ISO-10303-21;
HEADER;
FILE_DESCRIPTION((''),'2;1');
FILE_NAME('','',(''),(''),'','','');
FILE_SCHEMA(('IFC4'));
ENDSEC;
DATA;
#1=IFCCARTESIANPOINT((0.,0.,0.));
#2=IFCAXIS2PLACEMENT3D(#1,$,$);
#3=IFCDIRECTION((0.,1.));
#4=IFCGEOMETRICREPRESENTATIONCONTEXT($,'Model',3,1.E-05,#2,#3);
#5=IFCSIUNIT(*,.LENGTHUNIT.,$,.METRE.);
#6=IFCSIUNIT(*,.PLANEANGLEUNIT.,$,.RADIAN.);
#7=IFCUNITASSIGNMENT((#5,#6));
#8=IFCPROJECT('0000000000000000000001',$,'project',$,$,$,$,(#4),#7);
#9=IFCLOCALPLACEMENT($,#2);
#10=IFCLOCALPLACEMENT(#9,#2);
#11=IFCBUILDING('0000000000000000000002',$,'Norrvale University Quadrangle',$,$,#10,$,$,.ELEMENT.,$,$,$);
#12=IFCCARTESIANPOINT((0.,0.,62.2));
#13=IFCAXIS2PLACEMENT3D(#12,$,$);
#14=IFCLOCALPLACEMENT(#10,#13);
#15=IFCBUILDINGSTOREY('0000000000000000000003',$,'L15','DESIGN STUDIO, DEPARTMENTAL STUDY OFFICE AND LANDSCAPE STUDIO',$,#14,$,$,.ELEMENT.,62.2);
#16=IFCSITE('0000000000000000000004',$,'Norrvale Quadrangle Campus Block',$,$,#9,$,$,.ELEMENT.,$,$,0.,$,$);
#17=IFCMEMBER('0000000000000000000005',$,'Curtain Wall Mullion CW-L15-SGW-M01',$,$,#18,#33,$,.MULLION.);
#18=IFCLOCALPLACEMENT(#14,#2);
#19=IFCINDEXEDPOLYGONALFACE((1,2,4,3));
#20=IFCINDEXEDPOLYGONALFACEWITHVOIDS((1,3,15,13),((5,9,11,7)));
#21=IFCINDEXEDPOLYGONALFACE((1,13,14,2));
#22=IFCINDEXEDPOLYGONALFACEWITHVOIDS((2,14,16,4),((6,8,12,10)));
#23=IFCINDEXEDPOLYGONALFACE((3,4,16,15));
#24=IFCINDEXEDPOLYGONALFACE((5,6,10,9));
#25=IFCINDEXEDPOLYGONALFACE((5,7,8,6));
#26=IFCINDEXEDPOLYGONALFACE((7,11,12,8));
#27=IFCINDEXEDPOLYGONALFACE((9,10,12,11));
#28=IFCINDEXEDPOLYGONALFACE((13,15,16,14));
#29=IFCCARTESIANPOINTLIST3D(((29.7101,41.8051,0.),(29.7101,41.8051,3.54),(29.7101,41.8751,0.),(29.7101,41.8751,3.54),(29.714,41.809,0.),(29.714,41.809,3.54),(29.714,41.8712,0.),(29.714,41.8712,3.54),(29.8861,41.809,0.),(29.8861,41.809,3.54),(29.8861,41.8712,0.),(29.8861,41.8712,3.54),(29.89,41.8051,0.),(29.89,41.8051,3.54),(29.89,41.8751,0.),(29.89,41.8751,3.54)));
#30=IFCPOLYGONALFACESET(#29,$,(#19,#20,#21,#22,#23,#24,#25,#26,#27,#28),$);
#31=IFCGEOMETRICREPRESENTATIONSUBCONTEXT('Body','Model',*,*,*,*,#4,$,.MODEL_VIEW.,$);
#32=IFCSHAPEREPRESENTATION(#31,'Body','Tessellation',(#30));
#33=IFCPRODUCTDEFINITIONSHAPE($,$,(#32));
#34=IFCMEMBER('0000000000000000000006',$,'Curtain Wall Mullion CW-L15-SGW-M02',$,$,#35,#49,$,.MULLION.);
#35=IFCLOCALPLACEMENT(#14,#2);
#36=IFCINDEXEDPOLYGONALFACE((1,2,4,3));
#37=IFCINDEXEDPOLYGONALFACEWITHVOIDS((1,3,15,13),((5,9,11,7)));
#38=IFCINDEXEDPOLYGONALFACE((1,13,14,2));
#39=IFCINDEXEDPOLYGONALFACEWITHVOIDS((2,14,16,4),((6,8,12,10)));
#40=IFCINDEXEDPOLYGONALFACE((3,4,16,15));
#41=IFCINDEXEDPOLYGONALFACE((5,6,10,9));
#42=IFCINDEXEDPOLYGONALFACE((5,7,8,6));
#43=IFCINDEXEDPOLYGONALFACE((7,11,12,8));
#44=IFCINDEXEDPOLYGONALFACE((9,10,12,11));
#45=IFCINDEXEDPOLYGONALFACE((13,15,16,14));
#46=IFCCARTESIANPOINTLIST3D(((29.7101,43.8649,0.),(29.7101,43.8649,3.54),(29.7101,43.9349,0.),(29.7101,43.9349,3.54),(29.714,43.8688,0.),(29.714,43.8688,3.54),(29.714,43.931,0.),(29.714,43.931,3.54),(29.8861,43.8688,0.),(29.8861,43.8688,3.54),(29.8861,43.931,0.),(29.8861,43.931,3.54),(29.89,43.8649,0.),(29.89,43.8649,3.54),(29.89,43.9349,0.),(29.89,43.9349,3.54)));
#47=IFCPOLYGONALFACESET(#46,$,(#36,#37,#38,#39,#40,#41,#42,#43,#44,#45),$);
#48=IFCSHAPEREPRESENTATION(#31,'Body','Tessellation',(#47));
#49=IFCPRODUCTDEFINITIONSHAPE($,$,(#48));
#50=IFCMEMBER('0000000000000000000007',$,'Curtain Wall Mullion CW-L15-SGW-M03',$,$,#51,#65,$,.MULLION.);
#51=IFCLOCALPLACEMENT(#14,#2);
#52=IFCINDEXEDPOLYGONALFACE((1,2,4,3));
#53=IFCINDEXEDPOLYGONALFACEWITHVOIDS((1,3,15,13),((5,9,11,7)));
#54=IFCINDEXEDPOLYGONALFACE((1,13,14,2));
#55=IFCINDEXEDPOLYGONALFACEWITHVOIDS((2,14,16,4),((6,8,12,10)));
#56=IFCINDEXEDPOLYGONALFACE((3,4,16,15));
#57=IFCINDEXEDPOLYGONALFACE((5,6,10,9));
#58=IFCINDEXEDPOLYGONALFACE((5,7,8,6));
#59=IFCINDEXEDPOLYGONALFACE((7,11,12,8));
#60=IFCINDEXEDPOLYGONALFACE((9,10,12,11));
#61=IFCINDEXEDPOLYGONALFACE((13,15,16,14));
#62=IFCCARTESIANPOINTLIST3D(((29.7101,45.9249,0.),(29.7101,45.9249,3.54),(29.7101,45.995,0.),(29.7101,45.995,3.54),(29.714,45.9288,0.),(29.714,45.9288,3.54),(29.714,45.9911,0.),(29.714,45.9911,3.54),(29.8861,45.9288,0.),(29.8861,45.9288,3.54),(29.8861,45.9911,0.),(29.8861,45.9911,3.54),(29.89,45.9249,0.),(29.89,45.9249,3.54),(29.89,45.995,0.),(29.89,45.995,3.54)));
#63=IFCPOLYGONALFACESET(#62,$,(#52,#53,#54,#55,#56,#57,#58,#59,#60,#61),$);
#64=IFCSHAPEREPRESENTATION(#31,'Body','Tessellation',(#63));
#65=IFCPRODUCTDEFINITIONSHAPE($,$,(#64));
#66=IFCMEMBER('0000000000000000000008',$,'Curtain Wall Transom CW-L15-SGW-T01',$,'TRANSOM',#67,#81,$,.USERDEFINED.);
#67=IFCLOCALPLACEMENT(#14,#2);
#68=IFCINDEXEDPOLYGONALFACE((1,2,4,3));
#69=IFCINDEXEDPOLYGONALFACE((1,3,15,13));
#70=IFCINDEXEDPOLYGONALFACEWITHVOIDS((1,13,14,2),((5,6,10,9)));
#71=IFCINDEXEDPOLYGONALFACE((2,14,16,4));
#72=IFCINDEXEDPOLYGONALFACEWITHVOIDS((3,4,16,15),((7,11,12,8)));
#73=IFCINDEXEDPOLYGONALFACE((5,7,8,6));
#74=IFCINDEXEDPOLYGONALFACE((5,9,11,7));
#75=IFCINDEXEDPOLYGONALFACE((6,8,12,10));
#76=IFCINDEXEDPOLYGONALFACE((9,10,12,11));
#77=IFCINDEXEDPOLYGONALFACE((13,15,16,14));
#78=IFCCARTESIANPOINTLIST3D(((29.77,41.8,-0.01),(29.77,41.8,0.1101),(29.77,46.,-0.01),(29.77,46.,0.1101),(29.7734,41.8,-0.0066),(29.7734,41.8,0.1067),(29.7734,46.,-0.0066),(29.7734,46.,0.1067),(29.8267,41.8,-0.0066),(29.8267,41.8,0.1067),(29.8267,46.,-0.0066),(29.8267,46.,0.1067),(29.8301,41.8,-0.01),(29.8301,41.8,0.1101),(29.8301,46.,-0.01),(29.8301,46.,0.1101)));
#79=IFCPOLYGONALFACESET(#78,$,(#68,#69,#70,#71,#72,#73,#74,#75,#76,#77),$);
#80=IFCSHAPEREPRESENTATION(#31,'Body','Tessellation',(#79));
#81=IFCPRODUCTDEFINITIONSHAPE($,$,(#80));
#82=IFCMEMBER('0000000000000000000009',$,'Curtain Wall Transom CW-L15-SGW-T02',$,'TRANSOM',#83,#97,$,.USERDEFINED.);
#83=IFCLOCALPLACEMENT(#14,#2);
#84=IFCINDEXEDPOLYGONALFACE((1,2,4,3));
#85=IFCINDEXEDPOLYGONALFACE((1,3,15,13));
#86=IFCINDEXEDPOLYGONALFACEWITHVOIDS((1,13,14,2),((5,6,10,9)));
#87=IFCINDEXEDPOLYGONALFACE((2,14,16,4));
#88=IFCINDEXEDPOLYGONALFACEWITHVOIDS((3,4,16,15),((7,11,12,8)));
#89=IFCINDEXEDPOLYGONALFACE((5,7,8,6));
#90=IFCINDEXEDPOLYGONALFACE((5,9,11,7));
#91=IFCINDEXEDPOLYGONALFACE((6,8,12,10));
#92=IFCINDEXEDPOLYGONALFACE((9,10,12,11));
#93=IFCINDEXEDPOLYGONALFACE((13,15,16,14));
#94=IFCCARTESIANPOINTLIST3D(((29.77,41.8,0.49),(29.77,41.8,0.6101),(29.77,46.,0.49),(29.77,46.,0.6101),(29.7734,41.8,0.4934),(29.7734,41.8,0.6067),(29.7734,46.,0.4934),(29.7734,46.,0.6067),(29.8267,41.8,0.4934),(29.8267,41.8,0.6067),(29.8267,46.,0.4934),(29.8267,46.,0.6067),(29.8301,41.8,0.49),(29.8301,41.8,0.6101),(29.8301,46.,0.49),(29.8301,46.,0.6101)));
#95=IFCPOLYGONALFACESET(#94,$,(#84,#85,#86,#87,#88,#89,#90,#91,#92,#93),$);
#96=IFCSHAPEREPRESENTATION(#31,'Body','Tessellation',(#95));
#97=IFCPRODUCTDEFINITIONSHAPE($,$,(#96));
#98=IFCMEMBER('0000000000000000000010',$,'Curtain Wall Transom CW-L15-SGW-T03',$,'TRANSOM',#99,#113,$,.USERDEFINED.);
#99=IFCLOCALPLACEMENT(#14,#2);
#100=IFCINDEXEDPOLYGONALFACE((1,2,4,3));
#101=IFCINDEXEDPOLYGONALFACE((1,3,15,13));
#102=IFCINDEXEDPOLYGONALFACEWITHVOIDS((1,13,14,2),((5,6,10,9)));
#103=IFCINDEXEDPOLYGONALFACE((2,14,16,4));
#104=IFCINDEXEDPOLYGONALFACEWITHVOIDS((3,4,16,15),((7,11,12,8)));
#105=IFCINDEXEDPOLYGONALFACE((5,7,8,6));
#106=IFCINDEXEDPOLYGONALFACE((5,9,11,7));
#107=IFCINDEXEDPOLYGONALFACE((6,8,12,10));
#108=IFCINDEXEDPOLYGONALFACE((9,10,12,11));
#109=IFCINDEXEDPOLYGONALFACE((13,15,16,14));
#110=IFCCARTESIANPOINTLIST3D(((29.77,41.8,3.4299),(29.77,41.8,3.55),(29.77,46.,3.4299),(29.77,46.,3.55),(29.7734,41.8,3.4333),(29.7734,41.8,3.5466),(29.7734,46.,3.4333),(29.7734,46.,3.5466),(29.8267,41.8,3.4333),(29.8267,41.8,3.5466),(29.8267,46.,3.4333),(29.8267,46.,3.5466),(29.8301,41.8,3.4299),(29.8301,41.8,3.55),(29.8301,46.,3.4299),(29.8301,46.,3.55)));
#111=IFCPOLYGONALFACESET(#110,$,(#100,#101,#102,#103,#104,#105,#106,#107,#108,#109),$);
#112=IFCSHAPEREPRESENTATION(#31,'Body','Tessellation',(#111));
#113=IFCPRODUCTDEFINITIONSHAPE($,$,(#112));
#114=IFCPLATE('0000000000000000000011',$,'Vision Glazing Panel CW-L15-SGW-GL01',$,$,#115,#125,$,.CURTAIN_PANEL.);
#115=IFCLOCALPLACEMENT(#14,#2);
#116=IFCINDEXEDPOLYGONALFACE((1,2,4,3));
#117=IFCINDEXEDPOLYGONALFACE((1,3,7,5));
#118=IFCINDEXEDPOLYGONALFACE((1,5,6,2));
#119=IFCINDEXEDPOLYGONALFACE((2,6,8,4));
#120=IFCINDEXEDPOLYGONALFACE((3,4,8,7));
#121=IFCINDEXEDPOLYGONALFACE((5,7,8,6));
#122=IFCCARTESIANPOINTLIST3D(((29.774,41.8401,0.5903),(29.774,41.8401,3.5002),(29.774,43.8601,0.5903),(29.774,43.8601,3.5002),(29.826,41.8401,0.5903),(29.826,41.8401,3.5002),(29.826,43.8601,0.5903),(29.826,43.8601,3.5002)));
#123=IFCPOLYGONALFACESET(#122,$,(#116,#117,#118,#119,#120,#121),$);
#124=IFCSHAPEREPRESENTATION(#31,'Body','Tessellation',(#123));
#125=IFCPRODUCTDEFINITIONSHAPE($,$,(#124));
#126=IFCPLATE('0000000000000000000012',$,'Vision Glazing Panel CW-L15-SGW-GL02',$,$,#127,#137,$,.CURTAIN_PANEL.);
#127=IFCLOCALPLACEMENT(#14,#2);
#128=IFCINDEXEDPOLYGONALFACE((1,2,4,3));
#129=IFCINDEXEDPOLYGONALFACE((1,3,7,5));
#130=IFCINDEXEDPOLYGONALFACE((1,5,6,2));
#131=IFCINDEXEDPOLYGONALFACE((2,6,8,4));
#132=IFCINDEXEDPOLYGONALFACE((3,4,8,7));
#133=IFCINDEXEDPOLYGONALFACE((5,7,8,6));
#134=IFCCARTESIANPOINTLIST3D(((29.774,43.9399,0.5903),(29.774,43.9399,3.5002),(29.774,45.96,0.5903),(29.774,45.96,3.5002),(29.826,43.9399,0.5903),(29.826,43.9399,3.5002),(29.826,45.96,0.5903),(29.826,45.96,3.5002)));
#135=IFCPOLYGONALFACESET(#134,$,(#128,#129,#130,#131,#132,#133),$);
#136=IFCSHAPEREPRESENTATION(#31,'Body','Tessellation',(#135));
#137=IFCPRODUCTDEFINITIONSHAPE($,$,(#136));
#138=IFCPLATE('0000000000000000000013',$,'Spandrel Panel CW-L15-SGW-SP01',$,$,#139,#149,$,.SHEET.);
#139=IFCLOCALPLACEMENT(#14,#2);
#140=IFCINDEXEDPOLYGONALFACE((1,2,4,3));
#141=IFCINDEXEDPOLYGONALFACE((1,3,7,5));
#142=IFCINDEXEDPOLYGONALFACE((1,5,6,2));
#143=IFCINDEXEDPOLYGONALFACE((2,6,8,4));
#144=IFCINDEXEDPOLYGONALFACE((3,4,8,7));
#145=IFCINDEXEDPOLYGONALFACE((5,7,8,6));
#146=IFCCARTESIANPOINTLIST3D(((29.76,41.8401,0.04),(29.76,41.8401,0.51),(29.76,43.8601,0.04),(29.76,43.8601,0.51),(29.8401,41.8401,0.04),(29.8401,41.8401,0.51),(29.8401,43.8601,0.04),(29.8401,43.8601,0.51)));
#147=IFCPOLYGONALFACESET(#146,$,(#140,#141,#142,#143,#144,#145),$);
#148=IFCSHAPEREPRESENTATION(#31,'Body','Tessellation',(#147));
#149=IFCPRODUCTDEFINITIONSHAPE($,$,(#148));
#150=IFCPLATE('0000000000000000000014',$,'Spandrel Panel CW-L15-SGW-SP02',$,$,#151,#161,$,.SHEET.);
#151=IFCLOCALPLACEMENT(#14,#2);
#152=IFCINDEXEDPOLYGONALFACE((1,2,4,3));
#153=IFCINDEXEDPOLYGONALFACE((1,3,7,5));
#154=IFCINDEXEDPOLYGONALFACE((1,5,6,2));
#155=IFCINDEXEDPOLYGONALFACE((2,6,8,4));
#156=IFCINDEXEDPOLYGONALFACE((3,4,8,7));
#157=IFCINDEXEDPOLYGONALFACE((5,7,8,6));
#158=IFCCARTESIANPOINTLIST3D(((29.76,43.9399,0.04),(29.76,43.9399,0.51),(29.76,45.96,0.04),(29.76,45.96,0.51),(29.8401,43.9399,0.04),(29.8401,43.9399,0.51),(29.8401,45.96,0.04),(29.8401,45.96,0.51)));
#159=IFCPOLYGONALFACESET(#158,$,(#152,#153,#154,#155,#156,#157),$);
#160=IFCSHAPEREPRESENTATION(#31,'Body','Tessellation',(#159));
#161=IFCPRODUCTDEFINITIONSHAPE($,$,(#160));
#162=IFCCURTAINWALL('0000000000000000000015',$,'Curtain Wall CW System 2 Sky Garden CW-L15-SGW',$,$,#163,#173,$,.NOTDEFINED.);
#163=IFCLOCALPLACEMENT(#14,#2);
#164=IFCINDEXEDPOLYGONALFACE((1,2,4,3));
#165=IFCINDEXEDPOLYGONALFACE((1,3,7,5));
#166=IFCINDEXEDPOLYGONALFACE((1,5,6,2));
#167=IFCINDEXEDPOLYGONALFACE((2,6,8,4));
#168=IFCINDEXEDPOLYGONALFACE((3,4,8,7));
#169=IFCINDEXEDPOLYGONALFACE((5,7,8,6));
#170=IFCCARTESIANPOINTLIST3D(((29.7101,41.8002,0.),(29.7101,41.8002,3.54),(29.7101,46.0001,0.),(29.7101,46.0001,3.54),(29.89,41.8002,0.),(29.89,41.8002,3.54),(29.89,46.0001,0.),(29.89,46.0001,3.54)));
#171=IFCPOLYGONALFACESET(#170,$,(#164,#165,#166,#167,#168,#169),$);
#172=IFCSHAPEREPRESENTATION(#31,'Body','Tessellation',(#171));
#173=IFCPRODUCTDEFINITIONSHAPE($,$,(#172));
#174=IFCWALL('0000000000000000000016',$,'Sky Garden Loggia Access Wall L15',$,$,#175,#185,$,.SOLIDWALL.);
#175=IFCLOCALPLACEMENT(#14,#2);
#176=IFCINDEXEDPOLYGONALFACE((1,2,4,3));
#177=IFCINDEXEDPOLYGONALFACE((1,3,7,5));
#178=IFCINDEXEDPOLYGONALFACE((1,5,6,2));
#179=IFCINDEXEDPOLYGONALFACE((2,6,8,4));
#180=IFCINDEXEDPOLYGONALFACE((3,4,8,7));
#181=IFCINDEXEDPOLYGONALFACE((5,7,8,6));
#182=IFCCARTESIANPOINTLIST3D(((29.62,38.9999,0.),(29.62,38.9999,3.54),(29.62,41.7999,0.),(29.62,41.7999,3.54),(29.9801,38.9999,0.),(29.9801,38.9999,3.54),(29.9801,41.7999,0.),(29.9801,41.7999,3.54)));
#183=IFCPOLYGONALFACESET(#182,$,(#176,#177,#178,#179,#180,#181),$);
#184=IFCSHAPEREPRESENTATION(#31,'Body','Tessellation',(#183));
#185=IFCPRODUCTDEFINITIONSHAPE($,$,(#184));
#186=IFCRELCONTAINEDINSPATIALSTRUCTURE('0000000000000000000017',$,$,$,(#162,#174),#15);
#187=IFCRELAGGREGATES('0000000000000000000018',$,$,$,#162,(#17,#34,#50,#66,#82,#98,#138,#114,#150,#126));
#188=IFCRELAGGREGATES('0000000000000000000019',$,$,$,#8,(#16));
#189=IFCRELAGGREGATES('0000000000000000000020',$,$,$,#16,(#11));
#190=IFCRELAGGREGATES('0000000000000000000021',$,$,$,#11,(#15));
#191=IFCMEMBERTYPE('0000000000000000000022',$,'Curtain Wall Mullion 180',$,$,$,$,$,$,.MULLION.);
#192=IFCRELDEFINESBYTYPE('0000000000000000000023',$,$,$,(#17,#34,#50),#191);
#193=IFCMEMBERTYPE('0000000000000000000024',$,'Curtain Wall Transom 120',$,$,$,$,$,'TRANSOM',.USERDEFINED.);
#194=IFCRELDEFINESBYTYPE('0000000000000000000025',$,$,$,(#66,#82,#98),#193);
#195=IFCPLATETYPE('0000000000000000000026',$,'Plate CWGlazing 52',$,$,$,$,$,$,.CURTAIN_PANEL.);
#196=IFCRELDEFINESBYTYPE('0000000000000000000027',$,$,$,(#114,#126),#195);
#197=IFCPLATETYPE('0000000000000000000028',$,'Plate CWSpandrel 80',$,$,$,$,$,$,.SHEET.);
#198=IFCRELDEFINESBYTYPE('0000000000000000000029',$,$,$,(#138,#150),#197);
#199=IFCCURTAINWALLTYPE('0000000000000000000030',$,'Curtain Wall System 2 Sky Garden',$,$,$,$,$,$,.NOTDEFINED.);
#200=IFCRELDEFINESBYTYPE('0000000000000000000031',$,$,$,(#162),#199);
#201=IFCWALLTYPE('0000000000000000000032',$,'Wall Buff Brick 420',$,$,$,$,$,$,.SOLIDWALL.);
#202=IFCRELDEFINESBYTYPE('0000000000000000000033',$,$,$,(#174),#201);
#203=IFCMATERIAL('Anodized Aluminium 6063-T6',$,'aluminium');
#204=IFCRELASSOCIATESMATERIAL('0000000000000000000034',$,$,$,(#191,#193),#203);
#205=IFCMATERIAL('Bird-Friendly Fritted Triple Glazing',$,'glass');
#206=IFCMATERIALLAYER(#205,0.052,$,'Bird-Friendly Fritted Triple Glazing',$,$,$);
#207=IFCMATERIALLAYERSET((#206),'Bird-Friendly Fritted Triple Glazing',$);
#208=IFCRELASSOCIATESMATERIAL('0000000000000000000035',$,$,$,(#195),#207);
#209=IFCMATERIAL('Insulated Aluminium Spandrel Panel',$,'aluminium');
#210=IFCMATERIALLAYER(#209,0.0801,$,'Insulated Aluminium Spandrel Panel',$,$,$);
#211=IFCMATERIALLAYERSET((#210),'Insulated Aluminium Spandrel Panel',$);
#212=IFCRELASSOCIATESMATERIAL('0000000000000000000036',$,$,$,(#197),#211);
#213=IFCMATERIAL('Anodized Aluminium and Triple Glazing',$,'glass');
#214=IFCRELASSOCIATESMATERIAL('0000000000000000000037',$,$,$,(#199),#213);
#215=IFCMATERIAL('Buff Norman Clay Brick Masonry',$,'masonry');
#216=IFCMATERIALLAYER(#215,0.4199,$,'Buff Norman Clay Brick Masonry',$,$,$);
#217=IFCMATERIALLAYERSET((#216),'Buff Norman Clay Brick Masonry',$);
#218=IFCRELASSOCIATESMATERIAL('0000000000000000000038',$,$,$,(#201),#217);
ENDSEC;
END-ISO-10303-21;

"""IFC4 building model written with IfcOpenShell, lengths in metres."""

from ifc_helpers import new_model, si_unit, direction, frame, frame_2d, origin, origin_2d, place, context, subcontext, project, spatial, rectangle, hollow_rectangle, extrude, material, layer, layer_set, material_profile, profile_set, type_object, element, aggregate, save


model = new_model("IFC4")

# Units and contexts
model_context = context("Model", 3, precision=1e-05, world=origin(), true_north=direction((0.0, 1.0)))
body_context = subcontext(model_context, "Body", "Model", "MODEL_VIEW")
ifc_project = project(units=[si_unit("LENGTHUNIT", "METRE"), si_unit("PLANEANGLEUNIT", "RADIAN")], contexts=[model_context])

# Site, building, storey
site_placement = place(None, origin())
site = spatial("IfcSite", under=ifc_project, at=site_placement, Name="Norrvale Quadrangle Campus Block", CompositionType="ELEMENT", RefElevation=0.0)
building_placement = place(site_placement, origin())
building = spatial("IfcBuilding", under=site, at=building_placement, Name="Norrvale University Quadrangle", CompositionType="ELEMENT")
storey_placement = place(building_placement, frame((0.0, 0.0, 62.2)))
storey = spatial("IfcBuildingStorey", under=building, at=storey_placement, Name="L15", Description="DESIGN STUDIO, DEPARTMENTAL STUDY OFFICE AND LANDSCAPE STUDIO", CompositionType="ELEMENT", Elevation=62.2)

# Members
ifc_material_1 = material(Name="Anodized Aluminium 6063-T6", Category="aluminium")
ifc_material_profile_1 = material_profile(ifc_material_1, hollow_rectangle(XDim=0.0701, YDim=0.1799, WallThickness=0.0039, at=origin_2d()), Name="Anodized Aluminium 6063-T6")
ifc_profile_set_1 = profile_set([ifc_material_profile_1], Name="Anodized Aluminium 6063-T6")
member_type_1 = type_object("IfcMemberType", Name="Curtain Wall Mullion 180", PredefinedType="MULLION", material=ifc_profile_set_1)
member_1_placement = place(storey_placement, frame((29.8, 41.8401, 0.0), z_axis=(0.0, 0.0, 1.0), x_axis=(0.0, 1.0, 0.0)))
member_1 = element("IfcMember", 1, at=member_1_placement, type_object=member_type_1, Name="Curtain Wall Mullion CW-L15-SGW-M01", PredefinedType="MULLION", context=body_context, shape_type="SweptSolid", body=[
    extrude(hollow_rectangle(XDim=0.0701, YDim=0.1799, WallThickness=0.0039, at=origin_2d()), origin(), (0.0, 0.0, 1.0), 3.54),
])
member_2_placement = place(storey_placement, frame((29.8, 43.8999, 0.0), z_axis=(0.0, 0.0, 1.0), x_axis=(0.0, 1.0, 0.0)))
member_2 = element("IfcMember", 2, at=member_2_placement, type_object=member_type_1, Name="Curtain Wall Mullion CW-L15-SGW-M02", PredefinedType="MULLION", context=body_context, shape_type="SweptSolid", body=[
    extrude(hollow_rectangle(XDim=0.0701, YDim=0.1799, WallThickness=0.0039, at=origin_2d()), origin(), (0.0, 0.0, 1.0), 3.54),
])
member_3_placement = place(storey_placement, frame((29.8, 45.96, 0.0), z_axis=(0.0, 0.0, 1.0), x_axis=(0.0, 1.0, 0.0)))
member_3 = element("IfcMember", 3, at=member_3_placement, type_object=member_type_1, Name="Curtain Wall Mullion CW-L15-SGW-M03", PredefinedType="MULLION", context=body_context, shape_type="SweptSolid", body=[
    extrude(hollow_rectangle(XDim=0.0701, YDim=0.1799, WallThickness=0.0039, at=origin_2d()), origin(), (0.0, 0.0, 1.0), 3.54),
])
ifc_material_profile_2 = material_profile(ifc_material_1, hollow_rectangle(XDim=0.0601, YDim=0.1201, WallThickness=0.0034, at=origin_2d()), Name="Anodized Aluminium 6063-T6")
ifc_profile_set_2 = profile_set([ifc_material_profile_2], Name="Anodized Aluminium 6063-T6")
member_type_2 = type_object("IfcMemberType", Name="Curtain Wall Transom 120", ElementType="TRANSOM", PredefinedType="USERDEFINED", material=ifc_profile_set_2)
member_4_placement = place(storey_placement, frame((29.8, 41.8, 0.05), z_axis=(0.0, 1.0, 0.0), x_axis=(-1.0, 0.0, 0.0)))
member_4 = element("IfcMember", 4, at=member_4_placement, type_object=member_type_2, Name="Curtain Wall Transom CW-L15-SGW-T01", ObjectType="TRANSOM", PredefinedType="USERDEFINED", context=body_context, shape_type="SweptSolid", body=[
    extrude(hollow_rectangle(XDim=0.0601, YDim=0.1201, WallThickness=0.0034, at=origin_2d()), origin(), (0.0, 0.0, 1.0), 4.2),
])
member_5_placement = place(storey_placement, frame((29.8, 41.8, 0.55), z_axis=(0.0, 1.0, 0.0), x_axis=(-1.0, 0.0, 0.0)))
member_5 = element("IfcMember", 5, at=member_5_placement, type_object=member_type_2, Name="Curtain Wall Transom CW-L15-SGW-T02", ObjectType="TRANSOM", PredefinedType="USERDEFINED", context=body_context, shape_type="SweptSolid", body=[
    extrude(hollow_rectangle(XDim=0.0601, YDim=0.1201, WallThickness=0.0034, at=origin_2d()), origin(), (0.0, 0.0, 1.0), 4.2),
])
member_6_placement = place(storey_placement, frame((29.8, 41.8, 3.49), z_axis=(0.0, 1.0, 0.0), x_axis=(-1.0, 0.0, 0.0)))
member_6 = element("IfcMember", 6, at=member_6_placement, type_object=member_type_2, Name="Curtain Wall Transom CW-L15-SGW-T03", ObjectType="TRANSOM", PredefinedType="USERDEFINED", context=body_context, shape_type="SweptSolid", body=[
    extrude(hollow_rectangle(XDim=0.0601, YDim=0.1201, WallThickness=0.0034, at=origin_2d()), origin(), (0.0, 0.0, 1.0), 4.2),
])

# Plates
ifc_material_2 = material(Name="Bird-Friendly Fritted Triple Glazing", Category="glass")
ifc_layer_1 = layer(ifc_material_2, 0.052, Name="Bird-Friendly Fritted Triple Glazing")
ifc_layer_set_1 = layer_set([ifc_layer_1], Name="Bird-Friendly Fritted Triple Glazing")
plate_type_1 = type_object("IfcPlateType", Name="Plate CWGlazing 52", PredefinedType="CURTAIN_PANEL", material=ifc_layer_set_1)
plate_1_placement = place(storey_placement, frame((29.8, 42.8501, 0.5903), z_axis=(0.0, 0.0, 1.0), x_axis=(0.0, 1.0, 0.0)))
plate_1 = element("IfcPlate", 7, at=plate_1_placement, type_object=plate_type_1, Name="Vision Glazing Panel CW-L15-SGW-GL01", PredefinedType="CURTAIN_PANEL", context=body_context, shape_type="SweptSolid", body=[
    extrude(rectangle(XDim=2.02, YDim=0.052, at=origin_2d()), origin(), (0.0, 0.0, 1.0), 2.9099),
])
plate_2_placement = place(storey_placement, frame((29.8, 44.95, 0.5903), z_axis=(0.0, 0.0, 1.0), x_axis=(0.0, 1.0, 0.0)))
plate_2 = element("IfcPlate", 8, at=plate_2_placement, type_object=plate_type_1, Name="Vision Glazing Panel CW-L15-SGW-GL02", PredefinedType="CURTAIN_PANEL", context=body_context, shape_type="SweptSolid", body=[
    extrude(rectangle(XDim=2.02, YDim=0.052, at=origin_2d()), origin(), (0.0, 0.0, 1.0), 2.9099),
])
ifc_material_3 = material(Name="Insulated Aluminium Spandrel Panel", Category="aluminium")
ifc_layer_2 = layer(ifc_material_3, 0.0801, Name="Insulated Aluminium Spandrel Panel")
ifc_layer_set_2 = layer_set([ifc_layer_2], Name="Insulated Aluminium Spandrel Panel")
plate_type_2 = type_object("IfcPlateType", Name="Plate CWSpandrel 80", PredefinedType="SHEET", material=ifc_layer_set_2)
plate_3_placement = place(storey_placement, frame((29.8, 42.8501, 0.04), z_axis=(0.0, 0.0, 1.0), x_axis=(0.0, 1.0, 0.0)))
plate_3 = element("IfcPlate", 9, at=plate_3_placement, type_object=plate_type_2, Name="Spandrel Panel CW-L15-SGW-SP01", PredefinedType="SHEET", context=body_context, shape_type="SweptSolid", body=[
    extrude(rectangle(XDim=2.02, YDim=0.0801, at=origin_2d()), origin(), (0.0, 0.0, 1.0), 0.47),
])
plate_4_placement = place(storey_placement, frame((29.8, 44.95, 0.04), z_axis=(0.0, 0.0, 1.0), x_axis=(0.0, 1.0, 0.0)))
plate_4 = element("IfcPlate", 10, at=plate_4_placement, type_object=plate_type_2, Name="Spandrel Panel CW-L15-SGW-SP02", PredefinedType="SHEET", context=body_context, shape_type="SweptSolid", body=[
    extrude(rectangle(XDim=2.02, YDim=0.0801, at=origin_2d()), origin(), (0.0, 0.0, 1.0), 0.47),
])

# Curtain wall
ifc_material_4 = material(Name="Anodized Aluminium and Triple Glazing", Category="glass")
curtain_wall_type = type_object("IfcCurtainWallType", Name="Curtain Wall System 2 Sky Garden", PredefinedType="NOTDEFINED", material=ifc_material_4)
curtain_wall_1_placement = place(storey_placement, frame((29.8, 41.8, 0.0), z_axis=(0.0, 0.0, 1.0), x_axis=(0.0, 1.0, 0.0)))
curtain_wall_1 = element("IfcCurtainWall", 11, at=curtain_wall_1_placement, inside=storey, type_object=curtain_wall_type, Name="Curtain Wall CW System 2 Sky Garden CW-L15-SGW", PredefinedType="NOTDEFINED", context=body_context, shape_type="SweptSolid", body=[
    extrude(rectangle(XDim=4.2, YDim=0.1799, at=frame_2d((2.1001, 0.0))), origin(), (0.0, 0.0, 1.0), 3.54),
])
aggregate(curtain_wall_1, [member_1, member_2, member_3, member_4, member_5, member_6, plate_3, plate_1, plate_4, plate_2])

# Wall
ifc_material_5 = material(Name="Buff Norman Clay Brick Masonry", Category="masonry")
ifc_layer_3 = layer(ifc_material_5, 0.4199, Name="Buff Norman Clay Brick Masonry")
ifc_layer_set_3 = layer_set([ifc_layer_3], Name="Buff Norman Clay Brick Masonry")
wall_type = type_object("IfcWallType", Name="Wall Buff Brick 420", PredefinedType="SOLIDWALL", material=ifc_layer_set_3)
wall_placement = place(storey_placement, frame((29.8, 39.0, 0.0), z_axis=(0.0, 0.0, 1.0), x_axis=(0.0, 1.0, 0.0)))
element("IfcWall", 12, at=wall_placement, inside=storey, type_object=wall_type, Name="Sky Garden Loggia Access Wall L15", PredefinedType="SOLIDWALL", context=body_context, shape_type="SweptSolid", body=[
    extrude(rectangle(XDim=2.8, YDim=0.3601, at=frame_2d((1.3999, 0.0))), origin(), (0.0, 0.0, 1.0), 3.54),
])

save(model, "model.ifc")
